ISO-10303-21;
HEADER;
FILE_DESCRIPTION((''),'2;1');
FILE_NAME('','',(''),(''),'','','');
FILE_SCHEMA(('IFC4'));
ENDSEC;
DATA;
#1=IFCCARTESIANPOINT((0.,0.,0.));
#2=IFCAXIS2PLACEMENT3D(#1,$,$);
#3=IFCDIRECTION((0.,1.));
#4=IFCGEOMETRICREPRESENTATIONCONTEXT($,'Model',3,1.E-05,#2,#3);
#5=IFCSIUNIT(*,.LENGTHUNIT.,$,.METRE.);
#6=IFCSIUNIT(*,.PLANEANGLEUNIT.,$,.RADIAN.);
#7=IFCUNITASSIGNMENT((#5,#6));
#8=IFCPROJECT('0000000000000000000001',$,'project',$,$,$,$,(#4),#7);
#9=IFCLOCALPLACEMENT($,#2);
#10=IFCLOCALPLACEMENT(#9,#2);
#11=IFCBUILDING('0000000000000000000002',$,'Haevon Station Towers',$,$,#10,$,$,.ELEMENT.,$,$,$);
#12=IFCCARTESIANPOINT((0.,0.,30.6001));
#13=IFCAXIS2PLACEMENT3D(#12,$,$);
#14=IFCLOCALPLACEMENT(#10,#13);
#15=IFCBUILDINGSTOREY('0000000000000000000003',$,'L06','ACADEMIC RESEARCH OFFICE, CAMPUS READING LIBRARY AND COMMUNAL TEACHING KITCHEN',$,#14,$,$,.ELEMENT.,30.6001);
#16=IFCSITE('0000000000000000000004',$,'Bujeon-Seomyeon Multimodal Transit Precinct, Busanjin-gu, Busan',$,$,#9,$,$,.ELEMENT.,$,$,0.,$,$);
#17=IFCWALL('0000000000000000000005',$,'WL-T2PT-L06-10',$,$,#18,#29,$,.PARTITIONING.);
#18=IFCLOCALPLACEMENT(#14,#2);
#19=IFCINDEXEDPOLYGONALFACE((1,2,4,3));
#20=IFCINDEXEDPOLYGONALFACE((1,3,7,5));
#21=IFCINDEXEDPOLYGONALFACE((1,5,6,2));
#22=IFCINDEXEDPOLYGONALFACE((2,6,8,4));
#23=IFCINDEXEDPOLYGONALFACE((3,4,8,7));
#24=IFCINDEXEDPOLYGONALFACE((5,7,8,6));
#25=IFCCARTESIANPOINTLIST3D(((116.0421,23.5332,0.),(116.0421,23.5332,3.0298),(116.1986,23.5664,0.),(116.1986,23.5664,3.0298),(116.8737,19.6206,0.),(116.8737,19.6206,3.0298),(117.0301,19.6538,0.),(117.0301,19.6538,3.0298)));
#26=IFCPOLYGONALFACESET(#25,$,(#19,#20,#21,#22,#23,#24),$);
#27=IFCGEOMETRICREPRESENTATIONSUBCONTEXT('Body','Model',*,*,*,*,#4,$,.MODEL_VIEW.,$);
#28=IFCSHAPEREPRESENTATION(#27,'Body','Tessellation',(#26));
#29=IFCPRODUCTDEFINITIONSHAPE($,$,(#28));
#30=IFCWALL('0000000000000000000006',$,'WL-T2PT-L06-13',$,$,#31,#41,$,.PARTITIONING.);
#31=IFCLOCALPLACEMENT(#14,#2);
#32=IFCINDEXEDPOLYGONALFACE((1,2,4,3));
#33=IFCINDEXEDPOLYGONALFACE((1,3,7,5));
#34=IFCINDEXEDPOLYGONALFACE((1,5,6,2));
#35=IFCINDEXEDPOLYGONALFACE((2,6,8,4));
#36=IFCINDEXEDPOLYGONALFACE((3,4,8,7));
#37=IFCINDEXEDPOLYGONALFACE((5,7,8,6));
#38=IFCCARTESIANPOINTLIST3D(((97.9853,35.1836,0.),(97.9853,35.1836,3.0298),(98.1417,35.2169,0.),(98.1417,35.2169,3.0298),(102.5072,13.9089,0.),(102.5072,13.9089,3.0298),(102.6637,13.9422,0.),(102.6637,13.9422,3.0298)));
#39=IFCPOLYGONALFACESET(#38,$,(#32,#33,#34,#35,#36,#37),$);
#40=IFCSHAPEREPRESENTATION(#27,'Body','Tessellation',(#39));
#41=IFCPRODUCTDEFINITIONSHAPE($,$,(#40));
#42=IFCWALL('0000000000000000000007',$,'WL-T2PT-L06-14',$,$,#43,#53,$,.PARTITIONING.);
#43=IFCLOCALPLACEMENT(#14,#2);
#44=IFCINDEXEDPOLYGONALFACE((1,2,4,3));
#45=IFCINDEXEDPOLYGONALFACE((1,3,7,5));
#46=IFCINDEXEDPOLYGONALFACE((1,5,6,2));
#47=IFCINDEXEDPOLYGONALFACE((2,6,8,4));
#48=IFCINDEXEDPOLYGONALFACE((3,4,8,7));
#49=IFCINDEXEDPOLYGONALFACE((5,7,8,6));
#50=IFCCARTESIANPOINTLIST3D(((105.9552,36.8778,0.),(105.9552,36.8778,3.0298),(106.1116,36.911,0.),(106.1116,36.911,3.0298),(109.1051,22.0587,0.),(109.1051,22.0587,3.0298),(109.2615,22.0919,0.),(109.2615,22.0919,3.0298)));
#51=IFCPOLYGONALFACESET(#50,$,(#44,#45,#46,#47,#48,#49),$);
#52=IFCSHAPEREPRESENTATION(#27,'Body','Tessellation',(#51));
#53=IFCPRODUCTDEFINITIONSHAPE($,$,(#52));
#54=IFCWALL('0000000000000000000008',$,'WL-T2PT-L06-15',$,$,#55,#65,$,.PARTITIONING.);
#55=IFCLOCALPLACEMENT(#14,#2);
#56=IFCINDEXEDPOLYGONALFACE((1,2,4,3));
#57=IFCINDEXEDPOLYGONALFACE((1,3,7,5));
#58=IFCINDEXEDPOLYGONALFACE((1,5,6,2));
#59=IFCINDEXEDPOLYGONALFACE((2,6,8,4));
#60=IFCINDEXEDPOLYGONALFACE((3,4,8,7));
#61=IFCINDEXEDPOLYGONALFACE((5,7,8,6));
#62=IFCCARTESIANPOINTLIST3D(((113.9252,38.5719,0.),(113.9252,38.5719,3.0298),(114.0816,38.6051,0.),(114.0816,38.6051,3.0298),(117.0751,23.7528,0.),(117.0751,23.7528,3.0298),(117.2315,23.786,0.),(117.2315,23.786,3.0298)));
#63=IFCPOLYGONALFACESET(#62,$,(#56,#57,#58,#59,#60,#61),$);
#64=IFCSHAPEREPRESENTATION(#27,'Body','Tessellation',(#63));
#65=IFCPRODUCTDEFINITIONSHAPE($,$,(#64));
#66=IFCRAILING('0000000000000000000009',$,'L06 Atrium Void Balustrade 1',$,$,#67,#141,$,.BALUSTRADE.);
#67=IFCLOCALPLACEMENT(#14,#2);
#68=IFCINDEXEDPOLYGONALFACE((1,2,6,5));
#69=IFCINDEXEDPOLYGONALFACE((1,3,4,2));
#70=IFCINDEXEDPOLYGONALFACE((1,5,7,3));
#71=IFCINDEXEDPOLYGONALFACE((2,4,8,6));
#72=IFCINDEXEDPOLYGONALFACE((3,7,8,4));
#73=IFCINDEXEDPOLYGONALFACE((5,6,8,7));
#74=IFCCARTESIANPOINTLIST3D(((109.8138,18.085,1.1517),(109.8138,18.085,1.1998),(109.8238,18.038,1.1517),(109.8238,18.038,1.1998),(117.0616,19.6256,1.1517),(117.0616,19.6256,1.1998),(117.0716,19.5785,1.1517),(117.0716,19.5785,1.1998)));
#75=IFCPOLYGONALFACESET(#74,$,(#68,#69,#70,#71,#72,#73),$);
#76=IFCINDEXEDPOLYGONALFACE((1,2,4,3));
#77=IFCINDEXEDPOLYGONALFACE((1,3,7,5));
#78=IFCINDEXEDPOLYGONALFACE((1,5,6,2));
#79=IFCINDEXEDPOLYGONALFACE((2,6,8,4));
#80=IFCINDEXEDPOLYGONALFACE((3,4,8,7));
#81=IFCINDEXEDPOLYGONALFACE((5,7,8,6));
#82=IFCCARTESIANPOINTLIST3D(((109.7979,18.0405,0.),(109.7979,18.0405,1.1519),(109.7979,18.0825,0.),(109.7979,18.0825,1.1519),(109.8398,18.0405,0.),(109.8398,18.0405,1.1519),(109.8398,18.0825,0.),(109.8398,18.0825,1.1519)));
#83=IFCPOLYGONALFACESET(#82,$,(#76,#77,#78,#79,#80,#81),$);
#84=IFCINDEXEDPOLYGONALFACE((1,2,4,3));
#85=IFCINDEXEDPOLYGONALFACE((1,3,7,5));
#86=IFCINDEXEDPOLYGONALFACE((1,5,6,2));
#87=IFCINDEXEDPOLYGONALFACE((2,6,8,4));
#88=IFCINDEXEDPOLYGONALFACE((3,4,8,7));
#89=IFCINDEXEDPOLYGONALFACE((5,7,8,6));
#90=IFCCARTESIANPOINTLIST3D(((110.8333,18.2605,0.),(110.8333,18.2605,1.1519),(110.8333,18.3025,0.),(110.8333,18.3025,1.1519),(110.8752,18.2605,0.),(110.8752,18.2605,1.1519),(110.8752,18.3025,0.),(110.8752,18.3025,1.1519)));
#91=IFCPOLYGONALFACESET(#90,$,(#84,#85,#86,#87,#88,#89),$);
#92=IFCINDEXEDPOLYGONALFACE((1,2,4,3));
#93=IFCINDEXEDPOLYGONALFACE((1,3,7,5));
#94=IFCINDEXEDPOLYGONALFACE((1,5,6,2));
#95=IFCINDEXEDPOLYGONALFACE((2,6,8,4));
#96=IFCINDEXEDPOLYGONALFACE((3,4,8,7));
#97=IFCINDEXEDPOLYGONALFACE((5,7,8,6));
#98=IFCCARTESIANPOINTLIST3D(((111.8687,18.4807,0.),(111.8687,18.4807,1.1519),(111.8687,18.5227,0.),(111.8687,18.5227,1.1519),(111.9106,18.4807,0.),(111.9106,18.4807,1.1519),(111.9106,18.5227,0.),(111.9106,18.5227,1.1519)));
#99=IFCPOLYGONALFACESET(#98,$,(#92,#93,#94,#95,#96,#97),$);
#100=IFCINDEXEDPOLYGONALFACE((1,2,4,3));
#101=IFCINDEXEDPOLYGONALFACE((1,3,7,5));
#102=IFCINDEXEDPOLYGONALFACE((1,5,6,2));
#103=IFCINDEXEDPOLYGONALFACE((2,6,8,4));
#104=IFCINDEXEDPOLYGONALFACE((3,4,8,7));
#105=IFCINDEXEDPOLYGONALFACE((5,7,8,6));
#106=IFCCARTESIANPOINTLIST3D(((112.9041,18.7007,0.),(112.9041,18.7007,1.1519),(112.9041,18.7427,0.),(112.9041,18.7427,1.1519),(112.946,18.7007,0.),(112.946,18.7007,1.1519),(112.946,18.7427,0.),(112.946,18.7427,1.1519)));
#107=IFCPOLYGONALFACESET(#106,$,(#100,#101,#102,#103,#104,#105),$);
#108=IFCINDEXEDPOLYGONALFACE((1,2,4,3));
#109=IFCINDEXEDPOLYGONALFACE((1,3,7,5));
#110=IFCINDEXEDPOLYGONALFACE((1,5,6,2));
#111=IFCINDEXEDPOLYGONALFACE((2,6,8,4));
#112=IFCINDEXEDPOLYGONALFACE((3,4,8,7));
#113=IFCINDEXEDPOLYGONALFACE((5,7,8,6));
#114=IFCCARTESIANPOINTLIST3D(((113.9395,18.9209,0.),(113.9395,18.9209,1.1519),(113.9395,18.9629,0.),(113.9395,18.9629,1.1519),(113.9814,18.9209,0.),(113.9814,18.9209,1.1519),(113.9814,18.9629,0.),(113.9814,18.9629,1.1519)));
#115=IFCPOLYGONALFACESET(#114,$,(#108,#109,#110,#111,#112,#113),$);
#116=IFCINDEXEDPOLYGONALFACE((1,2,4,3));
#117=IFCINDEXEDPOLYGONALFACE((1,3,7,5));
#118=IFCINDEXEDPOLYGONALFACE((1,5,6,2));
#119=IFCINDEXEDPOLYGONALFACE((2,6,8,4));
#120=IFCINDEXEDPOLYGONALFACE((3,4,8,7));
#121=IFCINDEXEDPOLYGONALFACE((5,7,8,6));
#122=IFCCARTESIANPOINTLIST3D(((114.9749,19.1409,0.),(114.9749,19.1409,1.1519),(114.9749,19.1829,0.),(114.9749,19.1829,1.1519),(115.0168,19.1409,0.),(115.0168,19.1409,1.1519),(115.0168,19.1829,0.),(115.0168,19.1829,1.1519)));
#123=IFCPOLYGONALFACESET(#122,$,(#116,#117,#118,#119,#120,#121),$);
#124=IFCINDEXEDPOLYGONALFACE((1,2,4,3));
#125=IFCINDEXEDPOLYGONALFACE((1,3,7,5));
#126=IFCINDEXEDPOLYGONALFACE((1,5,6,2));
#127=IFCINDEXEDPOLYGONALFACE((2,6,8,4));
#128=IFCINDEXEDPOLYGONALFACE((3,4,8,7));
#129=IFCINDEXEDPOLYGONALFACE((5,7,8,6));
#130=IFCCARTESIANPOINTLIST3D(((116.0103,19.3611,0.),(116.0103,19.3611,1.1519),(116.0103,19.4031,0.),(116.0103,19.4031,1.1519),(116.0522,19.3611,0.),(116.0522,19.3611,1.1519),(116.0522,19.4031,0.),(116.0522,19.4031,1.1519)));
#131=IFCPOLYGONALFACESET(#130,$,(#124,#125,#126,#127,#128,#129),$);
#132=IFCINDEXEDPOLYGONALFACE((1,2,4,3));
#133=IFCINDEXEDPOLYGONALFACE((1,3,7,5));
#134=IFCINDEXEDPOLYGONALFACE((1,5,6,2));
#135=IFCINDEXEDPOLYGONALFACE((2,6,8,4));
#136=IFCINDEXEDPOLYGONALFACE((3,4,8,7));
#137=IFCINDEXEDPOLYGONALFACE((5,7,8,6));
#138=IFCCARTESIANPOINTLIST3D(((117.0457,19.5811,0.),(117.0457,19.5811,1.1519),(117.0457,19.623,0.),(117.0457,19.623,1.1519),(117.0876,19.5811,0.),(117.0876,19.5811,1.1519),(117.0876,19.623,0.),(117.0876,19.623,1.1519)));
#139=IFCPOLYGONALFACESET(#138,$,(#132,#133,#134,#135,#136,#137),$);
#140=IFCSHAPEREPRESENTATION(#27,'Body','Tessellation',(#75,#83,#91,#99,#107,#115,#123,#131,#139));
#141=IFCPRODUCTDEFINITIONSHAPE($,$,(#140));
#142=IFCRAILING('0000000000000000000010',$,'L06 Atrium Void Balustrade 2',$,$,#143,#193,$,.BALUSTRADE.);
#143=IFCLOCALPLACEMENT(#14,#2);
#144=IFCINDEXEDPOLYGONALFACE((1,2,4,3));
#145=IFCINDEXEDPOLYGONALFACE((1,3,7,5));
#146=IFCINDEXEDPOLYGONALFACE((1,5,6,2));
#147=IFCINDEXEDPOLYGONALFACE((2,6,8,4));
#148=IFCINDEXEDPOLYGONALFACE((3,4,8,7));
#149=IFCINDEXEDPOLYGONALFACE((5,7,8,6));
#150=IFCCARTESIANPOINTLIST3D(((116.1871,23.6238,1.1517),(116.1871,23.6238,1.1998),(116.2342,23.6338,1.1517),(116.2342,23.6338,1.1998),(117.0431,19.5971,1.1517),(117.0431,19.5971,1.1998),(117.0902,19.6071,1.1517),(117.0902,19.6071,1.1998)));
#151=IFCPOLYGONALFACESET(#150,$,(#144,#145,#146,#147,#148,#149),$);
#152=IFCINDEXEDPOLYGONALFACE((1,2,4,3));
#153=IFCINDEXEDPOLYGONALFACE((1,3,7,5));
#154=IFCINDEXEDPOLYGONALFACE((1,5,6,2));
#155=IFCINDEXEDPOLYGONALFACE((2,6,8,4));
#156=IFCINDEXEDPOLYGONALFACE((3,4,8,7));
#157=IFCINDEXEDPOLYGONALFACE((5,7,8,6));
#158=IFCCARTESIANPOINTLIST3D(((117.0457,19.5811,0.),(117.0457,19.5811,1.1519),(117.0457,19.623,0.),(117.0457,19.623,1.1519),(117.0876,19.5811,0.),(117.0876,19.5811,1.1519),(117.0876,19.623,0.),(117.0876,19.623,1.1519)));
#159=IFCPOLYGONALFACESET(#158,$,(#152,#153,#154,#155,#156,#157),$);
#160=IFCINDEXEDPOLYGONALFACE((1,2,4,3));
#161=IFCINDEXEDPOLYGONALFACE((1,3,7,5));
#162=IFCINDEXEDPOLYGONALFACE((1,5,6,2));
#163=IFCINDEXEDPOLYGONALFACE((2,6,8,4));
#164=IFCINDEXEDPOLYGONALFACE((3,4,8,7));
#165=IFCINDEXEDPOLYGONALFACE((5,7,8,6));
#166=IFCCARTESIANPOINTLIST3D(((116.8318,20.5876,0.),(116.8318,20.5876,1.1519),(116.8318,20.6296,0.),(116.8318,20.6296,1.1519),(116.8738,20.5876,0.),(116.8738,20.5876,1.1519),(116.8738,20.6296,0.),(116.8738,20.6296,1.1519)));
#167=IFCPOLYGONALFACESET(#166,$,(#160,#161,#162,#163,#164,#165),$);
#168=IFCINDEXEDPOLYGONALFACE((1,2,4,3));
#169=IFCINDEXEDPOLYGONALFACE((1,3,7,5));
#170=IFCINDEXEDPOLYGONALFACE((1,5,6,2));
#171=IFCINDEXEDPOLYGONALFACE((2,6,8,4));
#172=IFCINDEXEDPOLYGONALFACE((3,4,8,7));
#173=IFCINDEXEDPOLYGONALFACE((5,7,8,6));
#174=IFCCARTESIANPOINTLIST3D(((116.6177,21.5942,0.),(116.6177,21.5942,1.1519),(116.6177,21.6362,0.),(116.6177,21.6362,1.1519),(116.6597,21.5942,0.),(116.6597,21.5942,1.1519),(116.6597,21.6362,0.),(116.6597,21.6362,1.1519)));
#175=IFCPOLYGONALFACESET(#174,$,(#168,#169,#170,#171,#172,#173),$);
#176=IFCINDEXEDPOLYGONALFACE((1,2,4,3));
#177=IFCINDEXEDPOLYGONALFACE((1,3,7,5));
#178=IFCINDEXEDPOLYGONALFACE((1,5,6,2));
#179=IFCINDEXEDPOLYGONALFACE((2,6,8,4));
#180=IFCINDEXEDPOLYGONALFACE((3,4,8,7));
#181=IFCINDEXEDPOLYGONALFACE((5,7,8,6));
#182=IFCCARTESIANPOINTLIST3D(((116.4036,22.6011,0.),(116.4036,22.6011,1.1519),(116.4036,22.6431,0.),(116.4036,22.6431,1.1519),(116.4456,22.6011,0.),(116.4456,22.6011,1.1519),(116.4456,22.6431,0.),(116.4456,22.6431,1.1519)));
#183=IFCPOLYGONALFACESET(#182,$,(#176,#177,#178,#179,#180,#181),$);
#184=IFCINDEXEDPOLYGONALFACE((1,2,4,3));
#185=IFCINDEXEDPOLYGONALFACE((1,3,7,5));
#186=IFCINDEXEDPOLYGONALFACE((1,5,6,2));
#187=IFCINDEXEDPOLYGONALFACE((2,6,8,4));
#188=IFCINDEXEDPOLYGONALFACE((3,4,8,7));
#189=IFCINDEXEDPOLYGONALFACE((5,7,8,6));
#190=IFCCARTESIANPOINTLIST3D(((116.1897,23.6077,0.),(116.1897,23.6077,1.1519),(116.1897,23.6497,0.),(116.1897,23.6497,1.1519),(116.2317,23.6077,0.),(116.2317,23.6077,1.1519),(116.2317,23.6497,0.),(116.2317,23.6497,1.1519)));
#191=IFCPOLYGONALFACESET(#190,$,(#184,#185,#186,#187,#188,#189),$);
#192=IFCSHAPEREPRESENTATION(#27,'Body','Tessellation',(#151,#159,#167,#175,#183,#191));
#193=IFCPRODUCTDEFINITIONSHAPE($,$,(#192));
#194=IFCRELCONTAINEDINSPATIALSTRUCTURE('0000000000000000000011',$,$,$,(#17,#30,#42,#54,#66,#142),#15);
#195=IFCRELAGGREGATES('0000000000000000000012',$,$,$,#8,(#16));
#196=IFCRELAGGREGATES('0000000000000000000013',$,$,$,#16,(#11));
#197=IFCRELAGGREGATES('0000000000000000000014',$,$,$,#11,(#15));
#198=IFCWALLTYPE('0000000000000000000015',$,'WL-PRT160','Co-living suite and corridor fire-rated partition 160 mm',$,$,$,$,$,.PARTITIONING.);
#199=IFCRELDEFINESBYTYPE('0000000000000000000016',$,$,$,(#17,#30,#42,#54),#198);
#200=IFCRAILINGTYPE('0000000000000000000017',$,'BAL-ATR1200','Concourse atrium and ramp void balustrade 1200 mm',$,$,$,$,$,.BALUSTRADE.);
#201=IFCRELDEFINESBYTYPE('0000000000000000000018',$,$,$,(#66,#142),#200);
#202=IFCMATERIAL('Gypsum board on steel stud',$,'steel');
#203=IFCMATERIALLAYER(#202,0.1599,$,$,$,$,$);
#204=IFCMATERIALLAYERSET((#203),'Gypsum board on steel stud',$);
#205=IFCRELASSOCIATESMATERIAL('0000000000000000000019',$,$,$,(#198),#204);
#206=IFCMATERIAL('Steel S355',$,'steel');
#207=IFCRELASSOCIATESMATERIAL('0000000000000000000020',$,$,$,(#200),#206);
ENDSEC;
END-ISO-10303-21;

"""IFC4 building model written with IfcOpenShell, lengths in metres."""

from ifc_helpers import new_model, si_unit, direction, frame, frame_2d, origin, origin_2d, place, context, subcontext, project, spatial, rectangle, extrude, material, layer, layer_set, type_object, element, save


model = new_model("IFC4")

# Units and contexts
model_context = context("Model", 3, precision=1e-05, world=origin(), true_north=direction((0.0, 1.0)))
body_context = subcontext(model_context, "Body", "Model", "MODEL_VIEW")
ifc_project = project(units=[si_unit("LENGTHUNIT", "METRE"), si_unit("PLANEANGLEUNIT", "RADIAN")], contexts=[model_context])

# Site, building, storey
site_placement = place(None, origin())
site = spatial("IfcSite", under=ifc_project, at=site_placement, Name="Bujeon-Seomyeon Multimodal Transit Precinct, Busanjin-gu, Busan", CompositionType="ELEMENT", RefElevation=0.0)
building_placement = place(site_placement, origin())
building = spatial("IfcBuilding", under=site, at=building_placement, Name="Haevon Station Towers", CompositionType="ELEMENT")
storey_placement = place(building_placement, frame((0.0, 0.0, 30.6001)))
storey = spatial("IfcBuildingStorey", under=building, at=storey_placement, Name="L06", Description="ACADEMIC RESEARCH OFFICE, CAMPUS READING LIBRARY AND COMMUNAL TEACHING KITCHEN", CompositionType="ELEMENT", Elevation=30.6001)

# Shared definitions
ifc_material_1 = material(Name="Steel S355", Category="steel")

# Shared definitions
ifc_material_2 = material(Name="Gypsum board on steel stud", Category="steel")

# Walls
ifc_layer_1 = layer(ifc_material_2, 0.1599)
ifc_layer_set_1 = layer_set([ifc_layer_1], Name="Gypsum board on steel stud")
wall_type_1 = type_object("IfcWallType", Name="WL-PRT160", Description="Co-living suite and corridor fire-rated partition 160 mm", PredefinedType="PARTITIONING", material=ifc_layer_set_1)
for number, where, z_axis, x_axis, name in (
    (1, (116.9519, 19.6372, 0.0), (0.0, 0.0, 1.0), (-0.207886, 0.978153, 0.0), "WL-T2PT-L06-10"),
):
    element("IfcWall", number, at=place(storey_placement, frame(where, z_axis=z_axis, x_axis=x_axis)), inside=storey, type_object=wall_type_1, Name=name, PredefinedType="PARTITIONING", context=body_context, shape_type="SweptSolid", body=[
        extrude(rectangle(XDim=4.0, YDim=0.1599, at=frame_2d((2.0, 0.0))), origin(), (0.0, 0.0, 1.0), 3.0298),
    ])
wall_1_placement = place(storey_placement, frame((102.5854, 13.9255, 0.0), z_axis=(0.0, 0.0, 1.0), x_axis=(-0.207907, 0.978148, 0.0)))
element("IfcWall", 2, at=wall_1_placement, inside=storey, type_object=wall_type_1, Name="WL-T2PT-L06-13", PredefinedType="PARTITIONING", context=body_context, shape_type="SweptSolid", body=[
    extrude(rectangle(XDim=21.75, YDim=0.1599, at=frame_2d((10.875, 0.0))), origin(), (0.0, 0.0, 1.0), 3.0298),
])
for number, where, z_axis, x_axis, name in (
    (3, (109.1833, 22.0752, 0.0), (0.0, 0.0, 1.0), (-0.207912, 0.978148, 0.0), "WL-T2PT-L06-14"),
    (4, (117.1533, 23.7693, 0.0), (0.0, 0.0, 1.0), (-0.207912, 0.978148, 0.0), "WL-T2PT-L06-15"),
):
    element("IfcWall", number, at=place(storey_placement, frame(where, z_axis=z_axis, x_axis=x_axis)), inside=storey, type_object=wall_type_1, Name=name, PredefinedType="PARTITIONING", context=body_context, shape_type="SweptSolid", body=[
        extrude(rectangle(XDim=15.1501, YDim=0.1599, at=frame_2d((7.5752, 0.0))), origin(), (0.0, 0.0, 1.0), 3.0298),
    ])

# Railings
railing_type = type_object("IfcRailingType", Name="BAL-ATR1200", Description="Concourse atrium and ramp void balustrade 1200 mm", PredefinedType="BALUSTRADE", material=ifc_material_1)
railing_1_placement = place(storey_placement, frame((109.8188, 18.0615, 0.0)))
element("IfcRailing", 5, at=railing_1_placement, inside=storey, type_object=railing_type, Name="L06 Atrium Void Balustrade 1", PredefinedType="BALUSTRADE", context=body_context, shape_type="SweptSolid", body=[
    extrude(rectangle(XDim=0.0481, YDim=0.0481, at=origin_2d()), frame((0.0, 0.0, 1.1758), z_axis=(0.978149, 0.207906, 0.0), x_axis=(-0.207906, 0.978149, 0.0)), (0.0, 0.0, 1.0), 7.4097),
    extrude(rectangle(XDim=0.042, YDim=0.042, at=origin_2d()), origin(), (0.0, 0.0, 1.0), 1.1519),
    extrude(rectangle(XDim=0.042, YDim=0.042, at=origin_2d()), frame((1.0354, 0.22, 0.0)), (0.0, 0.0, 1.0), 1.1519),
    extrude(rectangle(XDim=0.042, YDim=0.042, at=origin_2d()), frame((2.0708, 0.4402, 0.0)), (0.0, 0.0, 1.0), 1.1519),
    extrude(rectangle(XDim=0.042, YDim=0.042, at=origin_2d()), frame((3.1062, 0.6602, 0.0)), (0.0, 0.0, 1.0), 1.1519),
    extrude(rectangle(XDim=0.042, YDim=0.042, at=origin_2d()), frame((4.1416, 0.8804, 0.0)), (0.0, 0.0, 1.0), 1.1519),
    extrude(rectangle(XDim=0.042, YDim=0.042, at=origin_2d()), frame((5.177, 1.1003, 0.0)), (0.0, 0.0, 1.0), 1.1519),
    extrude(rectangle(XDim=0.042, YDim=0.042, at=origin_2d()), frame((6.2124, 1.3206, 0.0)), (0.0, 0.0, 1.0), 1.1519),
    extrude(rectangle(XDim=0.042, YDim=0.042, at=origin_2d()), frame((7.2478, 1.5405, 0.0)), (0.0, 0.0, 1.0), 1.1519),
])
railing_2_placement = place(storey_placement, frame((117.0667, 19.6021, 0.0)))
element("IfcRailing", 6, at=railing_2_placement, inside=storey, type_object=railing_type, Name="L06 Atrium Void Balustrade 2", PredefinedType="BALUSTRADE", context=body_context, shape_type="SweptSolid", body=[
    extrude(rectangle(XDim=0.0481, YDim=0.0481, at=origin_2d()), frame((0.0, 0.0, 1.1758), z_axis=(-0.207929, 0.978144, 0.0), x_axis=(-0.978144, -0.207929, 0.0)), (0.0, 0.0, 1.0), 4.1167),
    extrude(rectangle(XDim=0.042, YDim=0.042, at=origin_2d()), origin(), (0.0, 0.0, 1.0), 1.1519),
    extrude(rectangle(XDim=0.042, YDim=0.042, at=origin_2d()), frame((-0.2139, 1.0066, 0.0)), (0.0, 0.0, 1.0), 1.1519),
    extrude(rectangle(XDim=0.042, YDim=0.042, at=origin_2d()), frame((-0.428, 2.0132, 0.0)), (0.0, 0.0, 1.0), 1.1519),
    extrude(rectangle(XDim=0.042, YDim=0.042, at=origin_2d()), frame((-0.6421, 3.02, 0.0)), (0.0, 0.0, 1.0), 1.1519),
    extrude(rectangle(XDim=0.042, YDim=0.042, at=origin_2d()), frame((-0.856, 4.0266, 0.0)), (0.0, 0.0, 1.0), 1.1519),
])

save(model, "model.ifc")
